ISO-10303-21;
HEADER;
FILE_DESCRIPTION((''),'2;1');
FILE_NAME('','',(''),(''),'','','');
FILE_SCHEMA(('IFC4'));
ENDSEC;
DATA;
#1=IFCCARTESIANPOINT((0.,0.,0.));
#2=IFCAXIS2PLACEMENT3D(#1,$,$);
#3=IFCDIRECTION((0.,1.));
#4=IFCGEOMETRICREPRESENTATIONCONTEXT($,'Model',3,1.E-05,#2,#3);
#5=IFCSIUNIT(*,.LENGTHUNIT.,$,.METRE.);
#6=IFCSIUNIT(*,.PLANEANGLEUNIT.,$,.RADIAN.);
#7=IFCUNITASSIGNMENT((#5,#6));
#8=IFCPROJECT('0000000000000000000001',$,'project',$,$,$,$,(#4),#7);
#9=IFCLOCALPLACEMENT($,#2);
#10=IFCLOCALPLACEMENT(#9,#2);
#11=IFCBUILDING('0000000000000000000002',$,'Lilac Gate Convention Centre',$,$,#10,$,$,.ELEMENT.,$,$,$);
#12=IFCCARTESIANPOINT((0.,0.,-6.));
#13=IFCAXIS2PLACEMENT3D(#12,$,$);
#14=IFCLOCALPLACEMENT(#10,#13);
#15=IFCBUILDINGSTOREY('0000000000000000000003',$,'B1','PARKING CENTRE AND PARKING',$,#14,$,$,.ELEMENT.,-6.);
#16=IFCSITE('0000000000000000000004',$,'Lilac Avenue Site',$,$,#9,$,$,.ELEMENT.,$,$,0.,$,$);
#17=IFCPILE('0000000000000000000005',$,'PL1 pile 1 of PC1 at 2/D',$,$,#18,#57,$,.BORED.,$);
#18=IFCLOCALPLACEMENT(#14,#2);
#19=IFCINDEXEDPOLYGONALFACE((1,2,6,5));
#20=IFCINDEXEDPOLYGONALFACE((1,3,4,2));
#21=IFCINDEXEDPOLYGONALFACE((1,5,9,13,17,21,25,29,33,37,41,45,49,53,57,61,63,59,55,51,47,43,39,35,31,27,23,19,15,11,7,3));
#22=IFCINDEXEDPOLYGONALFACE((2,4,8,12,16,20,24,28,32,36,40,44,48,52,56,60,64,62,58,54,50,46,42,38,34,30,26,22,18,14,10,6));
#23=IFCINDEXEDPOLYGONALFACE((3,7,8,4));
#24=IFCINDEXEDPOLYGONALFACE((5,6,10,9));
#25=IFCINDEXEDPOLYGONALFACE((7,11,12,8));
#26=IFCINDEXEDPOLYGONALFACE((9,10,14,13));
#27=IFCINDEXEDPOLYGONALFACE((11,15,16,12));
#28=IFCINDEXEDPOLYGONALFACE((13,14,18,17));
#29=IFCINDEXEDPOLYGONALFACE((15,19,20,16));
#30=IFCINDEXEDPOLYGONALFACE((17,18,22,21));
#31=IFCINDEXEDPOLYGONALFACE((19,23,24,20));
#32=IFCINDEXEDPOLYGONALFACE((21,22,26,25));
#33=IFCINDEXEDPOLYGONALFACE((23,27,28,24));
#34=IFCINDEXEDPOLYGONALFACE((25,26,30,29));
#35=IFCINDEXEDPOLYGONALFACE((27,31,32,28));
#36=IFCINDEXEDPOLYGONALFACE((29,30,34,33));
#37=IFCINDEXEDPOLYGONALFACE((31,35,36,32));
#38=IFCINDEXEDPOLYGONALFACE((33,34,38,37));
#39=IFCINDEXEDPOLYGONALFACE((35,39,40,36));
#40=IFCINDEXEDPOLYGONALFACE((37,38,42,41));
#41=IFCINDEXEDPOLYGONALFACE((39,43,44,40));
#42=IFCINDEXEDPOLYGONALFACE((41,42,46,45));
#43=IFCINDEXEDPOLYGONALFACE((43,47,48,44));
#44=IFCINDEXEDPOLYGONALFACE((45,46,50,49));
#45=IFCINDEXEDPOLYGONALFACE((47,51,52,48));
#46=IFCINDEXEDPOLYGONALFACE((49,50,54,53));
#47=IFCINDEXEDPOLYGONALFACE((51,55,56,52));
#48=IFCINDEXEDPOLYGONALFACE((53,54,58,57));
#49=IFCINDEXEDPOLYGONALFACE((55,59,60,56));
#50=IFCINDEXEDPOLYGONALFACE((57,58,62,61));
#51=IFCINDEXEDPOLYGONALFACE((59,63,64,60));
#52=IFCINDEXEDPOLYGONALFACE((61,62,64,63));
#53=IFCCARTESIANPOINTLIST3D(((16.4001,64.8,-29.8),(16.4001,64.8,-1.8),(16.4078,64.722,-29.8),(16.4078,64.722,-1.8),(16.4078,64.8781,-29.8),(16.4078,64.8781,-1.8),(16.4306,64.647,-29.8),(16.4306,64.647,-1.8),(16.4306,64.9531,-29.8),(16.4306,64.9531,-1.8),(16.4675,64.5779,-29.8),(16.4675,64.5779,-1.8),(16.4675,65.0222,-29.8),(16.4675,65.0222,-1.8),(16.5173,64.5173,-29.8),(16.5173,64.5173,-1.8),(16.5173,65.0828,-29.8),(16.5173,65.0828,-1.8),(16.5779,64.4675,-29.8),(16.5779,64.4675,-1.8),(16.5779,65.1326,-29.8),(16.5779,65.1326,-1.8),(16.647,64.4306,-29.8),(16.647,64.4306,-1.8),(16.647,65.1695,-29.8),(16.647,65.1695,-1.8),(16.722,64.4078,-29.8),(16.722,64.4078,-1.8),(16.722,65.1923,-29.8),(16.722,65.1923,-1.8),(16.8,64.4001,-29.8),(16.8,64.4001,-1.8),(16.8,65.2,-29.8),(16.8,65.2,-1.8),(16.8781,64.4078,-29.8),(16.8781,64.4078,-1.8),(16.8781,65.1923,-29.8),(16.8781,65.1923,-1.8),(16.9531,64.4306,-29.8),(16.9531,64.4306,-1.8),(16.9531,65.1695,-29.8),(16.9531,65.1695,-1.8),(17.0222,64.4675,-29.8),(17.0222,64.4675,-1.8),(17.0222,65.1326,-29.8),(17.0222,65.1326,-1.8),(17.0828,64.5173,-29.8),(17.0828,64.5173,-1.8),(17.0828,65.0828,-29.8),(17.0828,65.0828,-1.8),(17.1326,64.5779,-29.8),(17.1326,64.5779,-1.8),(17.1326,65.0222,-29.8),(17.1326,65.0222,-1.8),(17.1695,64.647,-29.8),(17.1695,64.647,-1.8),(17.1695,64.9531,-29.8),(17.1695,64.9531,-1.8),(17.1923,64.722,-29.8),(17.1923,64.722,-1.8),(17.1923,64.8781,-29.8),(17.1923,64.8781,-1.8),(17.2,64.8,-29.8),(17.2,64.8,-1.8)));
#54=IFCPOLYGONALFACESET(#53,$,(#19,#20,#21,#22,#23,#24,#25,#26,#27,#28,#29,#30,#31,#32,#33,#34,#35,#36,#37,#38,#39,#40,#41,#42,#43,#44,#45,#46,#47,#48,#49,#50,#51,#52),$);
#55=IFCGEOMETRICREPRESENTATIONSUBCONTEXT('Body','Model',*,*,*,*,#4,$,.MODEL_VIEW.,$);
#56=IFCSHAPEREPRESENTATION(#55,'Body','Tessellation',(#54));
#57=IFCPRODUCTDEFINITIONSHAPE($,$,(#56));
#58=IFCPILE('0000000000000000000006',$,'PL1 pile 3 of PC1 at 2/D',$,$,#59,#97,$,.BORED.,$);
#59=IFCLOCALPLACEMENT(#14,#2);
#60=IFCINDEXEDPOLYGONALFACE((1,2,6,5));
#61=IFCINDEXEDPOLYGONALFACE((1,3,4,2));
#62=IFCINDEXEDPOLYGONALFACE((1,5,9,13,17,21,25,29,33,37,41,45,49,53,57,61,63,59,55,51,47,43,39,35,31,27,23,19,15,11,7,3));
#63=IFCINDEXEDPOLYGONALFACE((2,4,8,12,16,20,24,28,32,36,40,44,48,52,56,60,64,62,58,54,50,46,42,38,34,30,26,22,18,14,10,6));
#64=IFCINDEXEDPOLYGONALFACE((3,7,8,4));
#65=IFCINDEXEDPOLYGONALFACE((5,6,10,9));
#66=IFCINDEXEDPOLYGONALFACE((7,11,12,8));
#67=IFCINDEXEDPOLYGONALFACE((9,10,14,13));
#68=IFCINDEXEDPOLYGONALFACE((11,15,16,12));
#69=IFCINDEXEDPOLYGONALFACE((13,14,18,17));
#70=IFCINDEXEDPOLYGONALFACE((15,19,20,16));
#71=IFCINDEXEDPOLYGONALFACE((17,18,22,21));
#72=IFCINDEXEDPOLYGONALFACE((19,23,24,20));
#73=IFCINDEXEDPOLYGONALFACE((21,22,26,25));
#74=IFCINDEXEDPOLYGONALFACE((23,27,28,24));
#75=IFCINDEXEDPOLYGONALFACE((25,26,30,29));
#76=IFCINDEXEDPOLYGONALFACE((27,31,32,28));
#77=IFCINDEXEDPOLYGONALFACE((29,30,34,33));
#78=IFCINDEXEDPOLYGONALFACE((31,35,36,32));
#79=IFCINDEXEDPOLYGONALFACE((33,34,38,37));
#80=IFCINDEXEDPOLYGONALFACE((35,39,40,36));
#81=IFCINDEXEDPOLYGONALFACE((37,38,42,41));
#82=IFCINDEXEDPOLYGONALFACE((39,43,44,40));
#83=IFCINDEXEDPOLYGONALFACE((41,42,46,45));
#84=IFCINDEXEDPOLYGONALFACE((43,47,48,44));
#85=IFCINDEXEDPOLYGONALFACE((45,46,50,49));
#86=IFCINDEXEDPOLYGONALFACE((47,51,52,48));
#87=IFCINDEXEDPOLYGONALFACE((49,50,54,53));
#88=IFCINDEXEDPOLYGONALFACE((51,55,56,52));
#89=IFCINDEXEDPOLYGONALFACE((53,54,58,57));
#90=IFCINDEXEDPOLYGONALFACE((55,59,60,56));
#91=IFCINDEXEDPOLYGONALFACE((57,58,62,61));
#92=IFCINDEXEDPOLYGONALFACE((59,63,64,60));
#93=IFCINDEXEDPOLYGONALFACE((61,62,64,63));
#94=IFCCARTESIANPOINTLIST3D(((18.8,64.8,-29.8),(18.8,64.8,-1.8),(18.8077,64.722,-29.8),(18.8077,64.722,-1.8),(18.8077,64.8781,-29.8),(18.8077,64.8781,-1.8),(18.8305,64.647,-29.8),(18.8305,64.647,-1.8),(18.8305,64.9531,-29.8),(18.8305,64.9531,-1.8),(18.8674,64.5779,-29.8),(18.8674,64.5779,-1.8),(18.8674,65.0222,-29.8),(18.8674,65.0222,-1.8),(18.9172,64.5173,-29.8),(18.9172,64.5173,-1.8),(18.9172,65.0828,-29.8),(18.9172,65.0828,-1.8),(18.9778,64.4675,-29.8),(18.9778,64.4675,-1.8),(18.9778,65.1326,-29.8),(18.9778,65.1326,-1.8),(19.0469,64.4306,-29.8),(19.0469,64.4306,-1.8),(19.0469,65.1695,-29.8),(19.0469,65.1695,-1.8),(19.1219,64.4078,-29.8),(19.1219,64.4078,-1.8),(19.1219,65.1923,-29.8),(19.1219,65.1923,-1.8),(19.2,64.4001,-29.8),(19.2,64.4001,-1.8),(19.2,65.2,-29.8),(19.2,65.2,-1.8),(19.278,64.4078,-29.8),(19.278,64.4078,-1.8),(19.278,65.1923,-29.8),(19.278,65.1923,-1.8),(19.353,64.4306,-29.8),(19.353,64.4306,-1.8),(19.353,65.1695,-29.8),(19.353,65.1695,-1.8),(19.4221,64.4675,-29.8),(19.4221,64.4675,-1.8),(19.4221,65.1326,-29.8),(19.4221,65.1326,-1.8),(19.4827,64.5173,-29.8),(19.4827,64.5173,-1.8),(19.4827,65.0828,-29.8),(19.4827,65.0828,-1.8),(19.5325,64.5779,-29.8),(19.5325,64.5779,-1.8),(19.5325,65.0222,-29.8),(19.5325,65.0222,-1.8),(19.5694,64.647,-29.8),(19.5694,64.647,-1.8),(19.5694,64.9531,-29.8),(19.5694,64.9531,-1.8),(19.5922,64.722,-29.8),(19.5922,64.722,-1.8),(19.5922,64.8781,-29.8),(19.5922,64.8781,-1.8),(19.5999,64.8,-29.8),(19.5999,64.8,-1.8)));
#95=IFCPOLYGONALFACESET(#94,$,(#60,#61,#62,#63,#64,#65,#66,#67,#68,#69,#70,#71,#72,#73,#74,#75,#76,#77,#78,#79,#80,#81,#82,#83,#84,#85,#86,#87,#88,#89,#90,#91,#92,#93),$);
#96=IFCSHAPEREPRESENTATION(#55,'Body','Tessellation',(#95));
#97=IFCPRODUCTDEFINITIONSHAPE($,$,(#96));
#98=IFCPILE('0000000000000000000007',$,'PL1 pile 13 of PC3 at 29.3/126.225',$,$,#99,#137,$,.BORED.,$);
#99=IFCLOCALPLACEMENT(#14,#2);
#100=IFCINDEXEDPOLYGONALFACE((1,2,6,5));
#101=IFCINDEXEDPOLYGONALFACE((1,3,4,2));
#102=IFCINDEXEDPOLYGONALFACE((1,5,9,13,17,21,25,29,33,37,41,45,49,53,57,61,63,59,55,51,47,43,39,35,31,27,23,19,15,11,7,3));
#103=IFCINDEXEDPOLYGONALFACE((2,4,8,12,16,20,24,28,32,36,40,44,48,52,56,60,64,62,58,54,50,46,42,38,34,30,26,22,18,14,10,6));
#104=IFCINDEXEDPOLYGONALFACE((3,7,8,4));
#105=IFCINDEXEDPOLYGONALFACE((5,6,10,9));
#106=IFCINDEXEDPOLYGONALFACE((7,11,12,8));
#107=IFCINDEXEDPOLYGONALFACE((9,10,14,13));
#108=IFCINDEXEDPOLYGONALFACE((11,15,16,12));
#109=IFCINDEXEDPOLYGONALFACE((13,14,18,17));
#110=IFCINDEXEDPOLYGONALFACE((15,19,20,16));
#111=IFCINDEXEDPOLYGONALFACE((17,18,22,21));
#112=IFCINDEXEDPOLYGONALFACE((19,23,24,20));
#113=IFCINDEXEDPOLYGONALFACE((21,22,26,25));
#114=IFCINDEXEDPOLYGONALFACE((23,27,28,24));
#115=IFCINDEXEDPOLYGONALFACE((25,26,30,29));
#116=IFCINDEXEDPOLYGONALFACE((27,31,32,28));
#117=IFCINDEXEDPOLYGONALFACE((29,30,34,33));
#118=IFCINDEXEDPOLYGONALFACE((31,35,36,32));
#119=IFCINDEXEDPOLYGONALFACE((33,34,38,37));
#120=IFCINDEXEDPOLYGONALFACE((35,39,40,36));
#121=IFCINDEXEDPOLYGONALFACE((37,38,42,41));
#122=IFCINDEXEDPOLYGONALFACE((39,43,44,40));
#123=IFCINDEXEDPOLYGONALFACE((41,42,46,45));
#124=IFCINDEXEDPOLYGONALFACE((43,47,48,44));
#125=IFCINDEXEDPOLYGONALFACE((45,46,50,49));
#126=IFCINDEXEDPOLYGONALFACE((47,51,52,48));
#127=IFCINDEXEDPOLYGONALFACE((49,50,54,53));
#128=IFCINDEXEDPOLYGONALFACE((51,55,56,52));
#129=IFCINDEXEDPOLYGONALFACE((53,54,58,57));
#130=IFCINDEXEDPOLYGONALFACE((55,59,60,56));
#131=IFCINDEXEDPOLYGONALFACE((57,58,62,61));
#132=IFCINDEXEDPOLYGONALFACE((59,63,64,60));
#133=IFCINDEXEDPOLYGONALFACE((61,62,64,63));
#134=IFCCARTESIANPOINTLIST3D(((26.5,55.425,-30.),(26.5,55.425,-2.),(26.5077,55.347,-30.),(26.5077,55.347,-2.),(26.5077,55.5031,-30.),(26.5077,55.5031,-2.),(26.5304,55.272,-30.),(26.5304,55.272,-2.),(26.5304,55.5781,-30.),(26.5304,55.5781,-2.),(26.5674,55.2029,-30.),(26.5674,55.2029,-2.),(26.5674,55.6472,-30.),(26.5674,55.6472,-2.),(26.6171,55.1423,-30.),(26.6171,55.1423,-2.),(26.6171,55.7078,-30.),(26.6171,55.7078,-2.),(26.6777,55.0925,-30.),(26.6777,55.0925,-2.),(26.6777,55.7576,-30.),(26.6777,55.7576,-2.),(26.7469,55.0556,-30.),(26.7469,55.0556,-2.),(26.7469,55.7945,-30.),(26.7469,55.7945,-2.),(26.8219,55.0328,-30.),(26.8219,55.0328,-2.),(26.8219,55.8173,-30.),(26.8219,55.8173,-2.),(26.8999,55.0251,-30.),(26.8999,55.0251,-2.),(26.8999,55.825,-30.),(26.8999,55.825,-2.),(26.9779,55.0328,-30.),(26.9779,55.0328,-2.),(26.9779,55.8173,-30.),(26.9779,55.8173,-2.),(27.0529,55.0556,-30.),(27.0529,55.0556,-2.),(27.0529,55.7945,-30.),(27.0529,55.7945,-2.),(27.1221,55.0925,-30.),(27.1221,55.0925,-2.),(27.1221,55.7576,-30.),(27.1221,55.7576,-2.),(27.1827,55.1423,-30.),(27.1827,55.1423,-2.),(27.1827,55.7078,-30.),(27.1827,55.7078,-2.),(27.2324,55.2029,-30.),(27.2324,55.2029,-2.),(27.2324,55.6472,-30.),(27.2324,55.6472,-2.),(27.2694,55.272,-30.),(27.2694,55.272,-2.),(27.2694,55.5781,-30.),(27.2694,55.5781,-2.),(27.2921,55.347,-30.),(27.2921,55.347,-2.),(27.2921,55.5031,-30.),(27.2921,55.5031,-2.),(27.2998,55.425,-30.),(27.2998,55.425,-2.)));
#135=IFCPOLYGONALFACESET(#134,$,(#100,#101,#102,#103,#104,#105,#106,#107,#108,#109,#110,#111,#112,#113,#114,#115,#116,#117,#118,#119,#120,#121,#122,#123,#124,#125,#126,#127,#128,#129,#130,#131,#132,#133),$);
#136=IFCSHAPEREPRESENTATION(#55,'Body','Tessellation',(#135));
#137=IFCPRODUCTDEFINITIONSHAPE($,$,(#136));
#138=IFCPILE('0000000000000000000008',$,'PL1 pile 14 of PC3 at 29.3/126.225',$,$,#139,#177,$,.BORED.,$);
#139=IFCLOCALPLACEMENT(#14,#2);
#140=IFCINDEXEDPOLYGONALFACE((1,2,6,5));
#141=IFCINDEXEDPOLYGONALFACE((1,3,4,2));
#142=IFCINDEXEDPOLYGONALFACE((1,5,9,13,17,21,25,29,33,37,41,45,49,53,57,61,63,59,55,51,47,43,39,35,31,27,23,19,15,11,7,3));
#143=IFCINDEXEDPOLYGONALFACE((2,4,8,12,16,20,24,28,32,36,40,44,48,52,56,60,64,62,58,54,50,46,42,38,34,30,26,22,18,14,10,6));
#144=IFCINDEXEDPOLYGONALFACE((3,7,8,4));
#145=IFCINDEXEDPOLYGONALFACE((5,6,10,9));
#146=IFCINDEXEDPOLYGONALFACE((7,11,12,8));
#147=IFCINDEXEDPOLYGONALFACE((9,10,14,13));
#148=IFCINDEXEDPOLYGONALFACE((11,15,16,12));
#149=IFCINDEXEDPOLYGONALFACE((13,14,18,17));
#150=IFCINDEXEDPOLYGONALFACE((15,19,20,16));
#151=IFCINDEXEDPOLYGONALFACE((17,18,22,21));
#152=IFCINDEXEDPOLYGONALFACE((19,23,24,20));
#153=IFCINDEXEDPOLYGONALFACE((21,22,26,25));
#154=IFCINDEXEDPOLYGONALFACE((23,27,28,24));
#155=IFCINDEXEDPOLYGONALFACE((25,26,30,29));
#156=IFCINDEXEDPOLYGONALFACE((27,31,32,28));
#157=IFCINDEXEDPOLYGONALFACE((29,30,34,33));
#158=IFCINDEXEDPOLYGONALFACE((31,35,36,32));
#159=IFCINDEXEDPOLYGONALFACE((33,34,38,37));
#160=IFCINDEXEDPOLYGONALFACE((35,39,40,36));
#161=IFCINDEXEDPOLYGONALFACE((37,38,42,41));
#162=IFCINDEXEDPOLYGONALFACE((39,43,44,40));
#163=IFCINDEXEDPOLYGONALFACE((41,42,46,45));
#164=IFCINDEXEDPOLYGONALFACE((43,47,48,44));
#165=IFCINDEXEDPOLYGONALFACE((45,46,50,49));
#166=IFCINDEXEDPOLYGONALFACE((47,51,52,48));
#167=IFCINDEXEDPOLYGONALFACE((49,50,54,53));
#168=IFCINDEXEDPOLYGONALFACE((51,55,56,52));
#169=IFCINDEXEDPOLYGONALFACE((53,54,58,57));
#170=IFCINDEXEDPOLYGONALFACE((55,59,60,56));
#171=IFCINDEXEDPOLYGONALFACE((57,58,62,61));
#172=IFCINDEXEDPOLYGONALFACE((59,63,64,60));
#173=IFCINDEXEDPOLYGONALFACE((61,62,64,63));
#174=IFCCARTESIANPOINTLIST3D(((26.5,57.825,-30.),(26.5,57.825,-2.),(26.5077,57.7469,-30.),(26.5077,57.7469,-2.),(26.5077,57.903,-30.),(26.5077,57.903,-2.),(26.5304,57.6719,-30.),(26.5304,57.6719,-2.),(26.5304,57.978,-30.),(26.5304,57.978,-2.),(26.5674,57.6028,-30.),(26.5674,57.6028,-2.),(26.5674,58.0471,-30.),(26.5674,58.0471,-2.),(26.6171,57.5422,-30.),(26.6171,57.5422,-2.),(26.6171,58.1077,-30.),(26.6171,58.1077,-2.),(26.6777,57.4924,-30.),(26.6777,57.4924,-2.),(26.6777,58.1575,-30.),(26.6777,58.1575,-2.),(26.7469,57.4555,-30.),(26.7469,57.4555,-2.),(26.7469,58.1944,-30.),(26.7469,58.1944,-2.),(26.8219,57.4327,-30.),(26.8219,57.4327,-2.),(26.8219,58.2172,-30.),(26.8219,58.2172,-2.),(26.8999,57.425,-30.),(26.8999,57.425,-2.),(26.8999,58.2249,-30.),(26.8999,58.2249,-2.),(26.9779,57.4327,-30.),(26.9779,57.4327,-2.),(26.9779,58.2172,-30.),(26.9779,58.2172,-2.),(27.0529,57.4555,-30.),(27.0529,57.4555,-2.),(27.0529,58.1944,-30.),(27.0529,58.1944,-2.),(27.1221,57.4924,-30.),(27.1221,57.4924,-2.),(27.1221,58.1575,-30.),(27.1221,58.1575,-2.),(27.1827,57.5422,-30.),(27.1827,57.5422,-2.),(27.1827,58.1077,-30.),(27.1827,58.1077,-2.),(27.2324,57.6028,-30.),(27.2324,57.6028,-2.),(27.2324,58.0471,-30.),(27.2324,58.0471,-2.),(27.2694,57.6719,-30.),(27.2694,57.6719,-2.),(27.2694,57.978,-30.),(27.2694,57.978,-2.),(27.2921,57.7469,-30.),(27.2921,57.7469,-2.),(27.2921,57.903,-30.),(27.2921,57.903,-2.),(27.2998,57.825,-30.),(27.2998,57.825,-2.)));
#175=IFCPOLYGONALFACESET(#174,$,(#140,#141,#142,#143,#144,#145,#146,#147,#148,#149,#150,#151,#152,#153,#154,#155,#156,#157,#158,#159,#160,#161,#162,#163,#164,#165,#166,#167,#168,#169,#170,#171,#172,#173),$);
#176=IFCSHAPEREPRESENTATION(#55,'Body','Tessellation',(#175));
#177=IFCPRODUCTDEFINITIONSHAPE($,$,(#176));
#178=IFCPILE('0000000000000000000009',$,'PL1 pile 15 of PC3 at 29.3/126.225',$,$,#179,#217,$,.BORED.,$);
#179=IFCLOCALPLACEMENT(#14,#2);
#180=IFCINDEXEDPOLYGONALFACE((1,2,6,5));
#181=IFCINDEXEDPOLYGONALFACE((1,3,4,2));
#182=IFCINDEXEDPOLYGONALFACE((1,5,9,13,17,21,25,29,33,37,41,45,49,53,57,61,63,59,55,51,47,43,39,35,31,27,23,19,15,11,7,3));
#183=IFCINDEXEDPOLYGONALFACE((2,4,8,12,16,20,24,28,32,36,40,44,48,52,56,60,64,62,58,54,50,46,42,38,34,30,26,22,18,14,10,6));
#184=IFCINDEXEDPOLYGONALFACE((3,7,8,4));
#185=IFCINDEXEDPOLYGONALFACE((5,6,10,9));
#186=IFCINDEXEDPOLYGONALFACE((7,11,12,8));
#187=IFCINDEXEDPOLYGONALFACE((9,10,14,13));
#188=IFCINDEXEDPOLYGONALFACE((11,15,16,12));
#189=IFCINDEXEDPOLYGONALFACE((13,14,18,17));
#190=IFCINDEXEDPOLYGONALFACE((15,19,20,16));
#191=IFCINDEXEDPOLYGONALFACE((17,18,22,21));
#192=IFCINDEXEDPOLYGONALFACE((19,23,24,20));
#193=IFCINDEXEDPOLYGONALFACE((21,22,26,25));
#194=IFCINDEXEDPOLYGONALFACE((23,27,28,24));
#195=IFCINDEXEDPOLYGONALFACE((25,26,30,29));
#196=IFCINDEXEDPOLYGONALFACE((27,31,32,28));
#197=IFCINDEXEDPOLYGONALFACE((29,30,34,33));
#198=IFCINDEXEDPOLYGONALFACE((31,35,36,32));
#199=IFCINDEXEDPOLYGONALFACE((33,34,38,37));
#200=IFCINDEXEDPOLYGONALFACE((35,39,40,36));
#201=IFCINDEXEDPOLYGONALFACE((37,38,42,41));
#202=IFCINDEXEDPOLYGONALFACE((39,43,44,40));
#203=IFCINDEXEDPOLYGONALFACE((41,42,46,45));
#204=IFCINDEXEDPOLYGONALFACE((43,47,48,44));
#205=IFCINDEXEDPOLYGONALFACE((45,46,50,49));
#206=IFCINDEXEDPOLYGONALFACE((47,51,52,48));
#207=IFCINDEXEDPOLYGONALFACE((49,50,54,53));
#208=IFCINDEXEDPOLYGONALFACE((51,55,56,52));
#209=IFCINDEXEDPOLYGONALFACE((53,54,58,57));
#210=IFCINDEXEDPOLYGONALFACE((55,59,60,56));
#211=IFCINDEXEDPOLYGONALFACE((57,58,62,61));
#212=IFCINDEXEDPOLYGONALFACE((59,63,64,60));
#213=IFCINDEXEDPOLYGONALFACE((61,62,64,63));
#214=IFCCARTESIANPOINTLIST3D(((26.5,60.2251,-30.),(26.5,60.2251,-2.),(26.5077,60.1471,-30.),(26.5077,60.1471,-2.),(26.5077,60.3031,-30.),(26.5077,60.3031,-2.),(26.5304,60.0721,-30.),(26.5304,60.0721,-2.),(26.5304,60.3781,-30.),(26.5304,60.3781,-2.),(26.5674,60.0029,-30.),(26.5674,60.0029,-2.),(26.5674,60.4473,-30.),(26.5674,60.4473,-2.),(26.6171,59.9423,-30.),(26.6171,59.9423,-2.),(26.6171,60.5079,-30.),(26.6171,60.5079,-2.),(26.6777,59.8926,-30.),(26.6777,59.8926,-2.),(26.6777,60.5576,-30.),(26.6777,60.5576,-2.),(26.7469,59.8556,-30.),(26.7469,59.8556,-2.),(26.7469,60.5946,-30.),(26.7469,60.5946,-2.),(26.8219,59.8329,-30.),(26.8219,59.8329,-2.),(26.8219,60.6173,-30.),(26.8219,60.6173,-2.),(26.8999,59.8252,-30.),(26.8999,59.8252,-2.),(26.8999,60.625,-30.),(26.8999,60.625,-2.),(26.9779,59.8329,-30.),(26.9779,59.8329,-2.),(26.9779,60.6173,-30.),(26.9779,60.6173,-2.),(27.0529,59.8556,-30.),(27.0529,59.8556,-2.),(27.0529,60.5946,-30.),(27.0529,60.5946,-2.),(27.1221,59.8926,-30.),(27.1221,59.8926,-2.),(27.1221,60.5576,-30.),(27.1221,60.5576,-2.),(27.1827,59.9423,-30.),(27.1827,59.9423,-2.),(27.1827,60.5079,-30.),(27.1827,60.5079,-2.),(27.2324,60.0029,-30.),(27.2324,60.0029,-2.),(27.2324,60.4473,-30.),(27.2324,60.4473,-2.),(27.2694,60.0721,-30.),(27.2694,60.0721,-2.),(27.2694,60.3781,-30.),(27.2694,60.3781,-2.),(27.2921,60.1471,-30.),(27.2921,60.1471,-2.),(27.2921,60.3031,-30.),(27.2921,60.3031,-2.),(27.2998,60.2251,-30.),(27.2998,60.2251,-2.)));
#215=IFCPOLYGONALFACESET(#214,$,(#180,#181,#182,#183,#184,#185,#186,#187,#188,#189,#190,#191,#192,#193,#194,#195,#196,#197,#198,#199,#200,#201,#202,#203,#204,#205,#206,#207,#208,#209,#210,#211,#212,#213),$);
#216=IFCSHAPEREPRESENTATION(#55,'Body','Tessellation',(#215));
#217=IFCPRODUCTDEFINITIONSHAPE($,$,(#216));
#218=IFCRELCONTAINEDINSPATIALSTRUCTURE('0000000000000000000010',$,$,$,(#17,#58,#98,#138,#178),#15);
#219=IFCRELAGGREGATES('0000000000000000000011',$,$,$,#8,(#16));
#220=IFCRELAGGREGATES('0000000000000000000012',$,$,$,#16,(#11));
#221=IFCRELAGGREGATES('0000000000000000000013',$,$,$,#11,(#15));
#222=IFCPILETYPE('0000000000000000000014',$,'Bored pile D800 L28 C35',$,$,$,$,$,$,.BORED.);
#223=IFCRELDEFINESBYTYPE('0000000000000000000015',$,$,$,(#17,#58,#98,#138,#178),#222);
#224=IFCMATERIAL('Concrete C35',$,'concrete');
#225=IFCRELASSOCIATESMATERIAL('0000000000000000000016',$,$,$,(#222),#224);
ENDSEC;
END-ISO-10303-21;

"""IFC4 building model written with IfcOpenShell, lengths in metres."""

from ifc_helpers import new_model, si_unit, direction, frame, origin, origin_2d, place, context, subcontext, project, spatial, circle, extrude, material, material_profile, profile_set, type_object, element, save


model = new_model("IFC4")

# Units and contexts
model_context = context("Model", 3, precision=1e-05, world=origin(), true_north=direction((0.0, 1.0)))
body_context = subcontext(model_context, "Body", "Model", "MODEL_VIEW")
ifc_project = project(units=[si_unit("LENGTHUNIT", "METRE"), si_unit("PLANEANGLEUNIT", "RADIAN")], contexts=[model_context])

# Site, building, storey
site_placement = place(None, origin())
site = spatial("IfcSite", under=ifc_project, at=site_placement, Name="Lilac Avenue Site", CompositionType="ELEMENT", RefElevation=0.0)
building_placement = place(site_placement, origin())
building = spatial("IfcBuilding", under=site, at=building_placement, Name="Lilac Gate Convention Centre", CompositionType="ELEMENT")
storey_placement = place(building_placement, frame((0.0, 0.0, -6.0)))
storey = spatial("IfcBuildingStorey", under=building, at=storey_placement, Name="B1", Description="PARKING CENTRE AND PARKING", CompositionType="ELEMENT", Elevation=-6.0)

# Piles
ifc_material_1 = material(Name="Concrete C35", Category="concrete")
ifc_material_profile_1 = material_profile(ifc_material_1, circle(Radius=0.3999, at=origin_2d()), Name="D800")
ifc_profile_set_1 = profile_set([ifc_material_profile_1], Name="Concrete C35")
pile_type = type_object("IfcPileType", Name="Bored pile D800 L28 C35", PredefinedType="BORED", material=ifc_profile_set_1)
for number, where, z_axis, x_axis, name in (
    (1, (16.8, 64.8, -1.8), (0.0, 0.0, -1.0), (1.0, 0.0, 0.0), "PL1 pile 1 of PC1 at 2/D"),
    (2, (19.2, 64.8, -1.8), (0.0, 0.0, -1.0), (1.0, 0.0, 0.0), "PL1 pile 3 of PC1 at 2/D"),
    (3, (26.8999, 55.425, -2.0), (0.0, 0.0, -1.0), (1.0, 0.0, 0.0), "PL1 pile 13 of PC3 at 29.3/126.225"),
    (4, (26.8999, 57.825, -2.0), (0.0, 0.0, -1.0), (1.0, 0.0, 0.0), "PL1 pile 14 of PC3 at 29.3/126.225"),
    (5, (26.8999, 60.2251, -2.0), (0.0, 0.0, -1.0), (1.0, 0.0, 0.0), "PL1 pile 15 of PC3 at 29.3/126.225"),
):
    element("IfcPile", number, at=place(storey_placement, frame(where, z_axis=z_axis, x_axis=x_axis)), inside=storey, type_object=pile_type, Name=name, PredefinedType="BORED", context=body_context, shape_type="SweptSolid", body=[
        extrude(circle(Radius=0.3999, at=origin_2d()), origin(), (0.0, 0.0, 1.0), 28.0),
    ])

save(model, "model.ifc")
